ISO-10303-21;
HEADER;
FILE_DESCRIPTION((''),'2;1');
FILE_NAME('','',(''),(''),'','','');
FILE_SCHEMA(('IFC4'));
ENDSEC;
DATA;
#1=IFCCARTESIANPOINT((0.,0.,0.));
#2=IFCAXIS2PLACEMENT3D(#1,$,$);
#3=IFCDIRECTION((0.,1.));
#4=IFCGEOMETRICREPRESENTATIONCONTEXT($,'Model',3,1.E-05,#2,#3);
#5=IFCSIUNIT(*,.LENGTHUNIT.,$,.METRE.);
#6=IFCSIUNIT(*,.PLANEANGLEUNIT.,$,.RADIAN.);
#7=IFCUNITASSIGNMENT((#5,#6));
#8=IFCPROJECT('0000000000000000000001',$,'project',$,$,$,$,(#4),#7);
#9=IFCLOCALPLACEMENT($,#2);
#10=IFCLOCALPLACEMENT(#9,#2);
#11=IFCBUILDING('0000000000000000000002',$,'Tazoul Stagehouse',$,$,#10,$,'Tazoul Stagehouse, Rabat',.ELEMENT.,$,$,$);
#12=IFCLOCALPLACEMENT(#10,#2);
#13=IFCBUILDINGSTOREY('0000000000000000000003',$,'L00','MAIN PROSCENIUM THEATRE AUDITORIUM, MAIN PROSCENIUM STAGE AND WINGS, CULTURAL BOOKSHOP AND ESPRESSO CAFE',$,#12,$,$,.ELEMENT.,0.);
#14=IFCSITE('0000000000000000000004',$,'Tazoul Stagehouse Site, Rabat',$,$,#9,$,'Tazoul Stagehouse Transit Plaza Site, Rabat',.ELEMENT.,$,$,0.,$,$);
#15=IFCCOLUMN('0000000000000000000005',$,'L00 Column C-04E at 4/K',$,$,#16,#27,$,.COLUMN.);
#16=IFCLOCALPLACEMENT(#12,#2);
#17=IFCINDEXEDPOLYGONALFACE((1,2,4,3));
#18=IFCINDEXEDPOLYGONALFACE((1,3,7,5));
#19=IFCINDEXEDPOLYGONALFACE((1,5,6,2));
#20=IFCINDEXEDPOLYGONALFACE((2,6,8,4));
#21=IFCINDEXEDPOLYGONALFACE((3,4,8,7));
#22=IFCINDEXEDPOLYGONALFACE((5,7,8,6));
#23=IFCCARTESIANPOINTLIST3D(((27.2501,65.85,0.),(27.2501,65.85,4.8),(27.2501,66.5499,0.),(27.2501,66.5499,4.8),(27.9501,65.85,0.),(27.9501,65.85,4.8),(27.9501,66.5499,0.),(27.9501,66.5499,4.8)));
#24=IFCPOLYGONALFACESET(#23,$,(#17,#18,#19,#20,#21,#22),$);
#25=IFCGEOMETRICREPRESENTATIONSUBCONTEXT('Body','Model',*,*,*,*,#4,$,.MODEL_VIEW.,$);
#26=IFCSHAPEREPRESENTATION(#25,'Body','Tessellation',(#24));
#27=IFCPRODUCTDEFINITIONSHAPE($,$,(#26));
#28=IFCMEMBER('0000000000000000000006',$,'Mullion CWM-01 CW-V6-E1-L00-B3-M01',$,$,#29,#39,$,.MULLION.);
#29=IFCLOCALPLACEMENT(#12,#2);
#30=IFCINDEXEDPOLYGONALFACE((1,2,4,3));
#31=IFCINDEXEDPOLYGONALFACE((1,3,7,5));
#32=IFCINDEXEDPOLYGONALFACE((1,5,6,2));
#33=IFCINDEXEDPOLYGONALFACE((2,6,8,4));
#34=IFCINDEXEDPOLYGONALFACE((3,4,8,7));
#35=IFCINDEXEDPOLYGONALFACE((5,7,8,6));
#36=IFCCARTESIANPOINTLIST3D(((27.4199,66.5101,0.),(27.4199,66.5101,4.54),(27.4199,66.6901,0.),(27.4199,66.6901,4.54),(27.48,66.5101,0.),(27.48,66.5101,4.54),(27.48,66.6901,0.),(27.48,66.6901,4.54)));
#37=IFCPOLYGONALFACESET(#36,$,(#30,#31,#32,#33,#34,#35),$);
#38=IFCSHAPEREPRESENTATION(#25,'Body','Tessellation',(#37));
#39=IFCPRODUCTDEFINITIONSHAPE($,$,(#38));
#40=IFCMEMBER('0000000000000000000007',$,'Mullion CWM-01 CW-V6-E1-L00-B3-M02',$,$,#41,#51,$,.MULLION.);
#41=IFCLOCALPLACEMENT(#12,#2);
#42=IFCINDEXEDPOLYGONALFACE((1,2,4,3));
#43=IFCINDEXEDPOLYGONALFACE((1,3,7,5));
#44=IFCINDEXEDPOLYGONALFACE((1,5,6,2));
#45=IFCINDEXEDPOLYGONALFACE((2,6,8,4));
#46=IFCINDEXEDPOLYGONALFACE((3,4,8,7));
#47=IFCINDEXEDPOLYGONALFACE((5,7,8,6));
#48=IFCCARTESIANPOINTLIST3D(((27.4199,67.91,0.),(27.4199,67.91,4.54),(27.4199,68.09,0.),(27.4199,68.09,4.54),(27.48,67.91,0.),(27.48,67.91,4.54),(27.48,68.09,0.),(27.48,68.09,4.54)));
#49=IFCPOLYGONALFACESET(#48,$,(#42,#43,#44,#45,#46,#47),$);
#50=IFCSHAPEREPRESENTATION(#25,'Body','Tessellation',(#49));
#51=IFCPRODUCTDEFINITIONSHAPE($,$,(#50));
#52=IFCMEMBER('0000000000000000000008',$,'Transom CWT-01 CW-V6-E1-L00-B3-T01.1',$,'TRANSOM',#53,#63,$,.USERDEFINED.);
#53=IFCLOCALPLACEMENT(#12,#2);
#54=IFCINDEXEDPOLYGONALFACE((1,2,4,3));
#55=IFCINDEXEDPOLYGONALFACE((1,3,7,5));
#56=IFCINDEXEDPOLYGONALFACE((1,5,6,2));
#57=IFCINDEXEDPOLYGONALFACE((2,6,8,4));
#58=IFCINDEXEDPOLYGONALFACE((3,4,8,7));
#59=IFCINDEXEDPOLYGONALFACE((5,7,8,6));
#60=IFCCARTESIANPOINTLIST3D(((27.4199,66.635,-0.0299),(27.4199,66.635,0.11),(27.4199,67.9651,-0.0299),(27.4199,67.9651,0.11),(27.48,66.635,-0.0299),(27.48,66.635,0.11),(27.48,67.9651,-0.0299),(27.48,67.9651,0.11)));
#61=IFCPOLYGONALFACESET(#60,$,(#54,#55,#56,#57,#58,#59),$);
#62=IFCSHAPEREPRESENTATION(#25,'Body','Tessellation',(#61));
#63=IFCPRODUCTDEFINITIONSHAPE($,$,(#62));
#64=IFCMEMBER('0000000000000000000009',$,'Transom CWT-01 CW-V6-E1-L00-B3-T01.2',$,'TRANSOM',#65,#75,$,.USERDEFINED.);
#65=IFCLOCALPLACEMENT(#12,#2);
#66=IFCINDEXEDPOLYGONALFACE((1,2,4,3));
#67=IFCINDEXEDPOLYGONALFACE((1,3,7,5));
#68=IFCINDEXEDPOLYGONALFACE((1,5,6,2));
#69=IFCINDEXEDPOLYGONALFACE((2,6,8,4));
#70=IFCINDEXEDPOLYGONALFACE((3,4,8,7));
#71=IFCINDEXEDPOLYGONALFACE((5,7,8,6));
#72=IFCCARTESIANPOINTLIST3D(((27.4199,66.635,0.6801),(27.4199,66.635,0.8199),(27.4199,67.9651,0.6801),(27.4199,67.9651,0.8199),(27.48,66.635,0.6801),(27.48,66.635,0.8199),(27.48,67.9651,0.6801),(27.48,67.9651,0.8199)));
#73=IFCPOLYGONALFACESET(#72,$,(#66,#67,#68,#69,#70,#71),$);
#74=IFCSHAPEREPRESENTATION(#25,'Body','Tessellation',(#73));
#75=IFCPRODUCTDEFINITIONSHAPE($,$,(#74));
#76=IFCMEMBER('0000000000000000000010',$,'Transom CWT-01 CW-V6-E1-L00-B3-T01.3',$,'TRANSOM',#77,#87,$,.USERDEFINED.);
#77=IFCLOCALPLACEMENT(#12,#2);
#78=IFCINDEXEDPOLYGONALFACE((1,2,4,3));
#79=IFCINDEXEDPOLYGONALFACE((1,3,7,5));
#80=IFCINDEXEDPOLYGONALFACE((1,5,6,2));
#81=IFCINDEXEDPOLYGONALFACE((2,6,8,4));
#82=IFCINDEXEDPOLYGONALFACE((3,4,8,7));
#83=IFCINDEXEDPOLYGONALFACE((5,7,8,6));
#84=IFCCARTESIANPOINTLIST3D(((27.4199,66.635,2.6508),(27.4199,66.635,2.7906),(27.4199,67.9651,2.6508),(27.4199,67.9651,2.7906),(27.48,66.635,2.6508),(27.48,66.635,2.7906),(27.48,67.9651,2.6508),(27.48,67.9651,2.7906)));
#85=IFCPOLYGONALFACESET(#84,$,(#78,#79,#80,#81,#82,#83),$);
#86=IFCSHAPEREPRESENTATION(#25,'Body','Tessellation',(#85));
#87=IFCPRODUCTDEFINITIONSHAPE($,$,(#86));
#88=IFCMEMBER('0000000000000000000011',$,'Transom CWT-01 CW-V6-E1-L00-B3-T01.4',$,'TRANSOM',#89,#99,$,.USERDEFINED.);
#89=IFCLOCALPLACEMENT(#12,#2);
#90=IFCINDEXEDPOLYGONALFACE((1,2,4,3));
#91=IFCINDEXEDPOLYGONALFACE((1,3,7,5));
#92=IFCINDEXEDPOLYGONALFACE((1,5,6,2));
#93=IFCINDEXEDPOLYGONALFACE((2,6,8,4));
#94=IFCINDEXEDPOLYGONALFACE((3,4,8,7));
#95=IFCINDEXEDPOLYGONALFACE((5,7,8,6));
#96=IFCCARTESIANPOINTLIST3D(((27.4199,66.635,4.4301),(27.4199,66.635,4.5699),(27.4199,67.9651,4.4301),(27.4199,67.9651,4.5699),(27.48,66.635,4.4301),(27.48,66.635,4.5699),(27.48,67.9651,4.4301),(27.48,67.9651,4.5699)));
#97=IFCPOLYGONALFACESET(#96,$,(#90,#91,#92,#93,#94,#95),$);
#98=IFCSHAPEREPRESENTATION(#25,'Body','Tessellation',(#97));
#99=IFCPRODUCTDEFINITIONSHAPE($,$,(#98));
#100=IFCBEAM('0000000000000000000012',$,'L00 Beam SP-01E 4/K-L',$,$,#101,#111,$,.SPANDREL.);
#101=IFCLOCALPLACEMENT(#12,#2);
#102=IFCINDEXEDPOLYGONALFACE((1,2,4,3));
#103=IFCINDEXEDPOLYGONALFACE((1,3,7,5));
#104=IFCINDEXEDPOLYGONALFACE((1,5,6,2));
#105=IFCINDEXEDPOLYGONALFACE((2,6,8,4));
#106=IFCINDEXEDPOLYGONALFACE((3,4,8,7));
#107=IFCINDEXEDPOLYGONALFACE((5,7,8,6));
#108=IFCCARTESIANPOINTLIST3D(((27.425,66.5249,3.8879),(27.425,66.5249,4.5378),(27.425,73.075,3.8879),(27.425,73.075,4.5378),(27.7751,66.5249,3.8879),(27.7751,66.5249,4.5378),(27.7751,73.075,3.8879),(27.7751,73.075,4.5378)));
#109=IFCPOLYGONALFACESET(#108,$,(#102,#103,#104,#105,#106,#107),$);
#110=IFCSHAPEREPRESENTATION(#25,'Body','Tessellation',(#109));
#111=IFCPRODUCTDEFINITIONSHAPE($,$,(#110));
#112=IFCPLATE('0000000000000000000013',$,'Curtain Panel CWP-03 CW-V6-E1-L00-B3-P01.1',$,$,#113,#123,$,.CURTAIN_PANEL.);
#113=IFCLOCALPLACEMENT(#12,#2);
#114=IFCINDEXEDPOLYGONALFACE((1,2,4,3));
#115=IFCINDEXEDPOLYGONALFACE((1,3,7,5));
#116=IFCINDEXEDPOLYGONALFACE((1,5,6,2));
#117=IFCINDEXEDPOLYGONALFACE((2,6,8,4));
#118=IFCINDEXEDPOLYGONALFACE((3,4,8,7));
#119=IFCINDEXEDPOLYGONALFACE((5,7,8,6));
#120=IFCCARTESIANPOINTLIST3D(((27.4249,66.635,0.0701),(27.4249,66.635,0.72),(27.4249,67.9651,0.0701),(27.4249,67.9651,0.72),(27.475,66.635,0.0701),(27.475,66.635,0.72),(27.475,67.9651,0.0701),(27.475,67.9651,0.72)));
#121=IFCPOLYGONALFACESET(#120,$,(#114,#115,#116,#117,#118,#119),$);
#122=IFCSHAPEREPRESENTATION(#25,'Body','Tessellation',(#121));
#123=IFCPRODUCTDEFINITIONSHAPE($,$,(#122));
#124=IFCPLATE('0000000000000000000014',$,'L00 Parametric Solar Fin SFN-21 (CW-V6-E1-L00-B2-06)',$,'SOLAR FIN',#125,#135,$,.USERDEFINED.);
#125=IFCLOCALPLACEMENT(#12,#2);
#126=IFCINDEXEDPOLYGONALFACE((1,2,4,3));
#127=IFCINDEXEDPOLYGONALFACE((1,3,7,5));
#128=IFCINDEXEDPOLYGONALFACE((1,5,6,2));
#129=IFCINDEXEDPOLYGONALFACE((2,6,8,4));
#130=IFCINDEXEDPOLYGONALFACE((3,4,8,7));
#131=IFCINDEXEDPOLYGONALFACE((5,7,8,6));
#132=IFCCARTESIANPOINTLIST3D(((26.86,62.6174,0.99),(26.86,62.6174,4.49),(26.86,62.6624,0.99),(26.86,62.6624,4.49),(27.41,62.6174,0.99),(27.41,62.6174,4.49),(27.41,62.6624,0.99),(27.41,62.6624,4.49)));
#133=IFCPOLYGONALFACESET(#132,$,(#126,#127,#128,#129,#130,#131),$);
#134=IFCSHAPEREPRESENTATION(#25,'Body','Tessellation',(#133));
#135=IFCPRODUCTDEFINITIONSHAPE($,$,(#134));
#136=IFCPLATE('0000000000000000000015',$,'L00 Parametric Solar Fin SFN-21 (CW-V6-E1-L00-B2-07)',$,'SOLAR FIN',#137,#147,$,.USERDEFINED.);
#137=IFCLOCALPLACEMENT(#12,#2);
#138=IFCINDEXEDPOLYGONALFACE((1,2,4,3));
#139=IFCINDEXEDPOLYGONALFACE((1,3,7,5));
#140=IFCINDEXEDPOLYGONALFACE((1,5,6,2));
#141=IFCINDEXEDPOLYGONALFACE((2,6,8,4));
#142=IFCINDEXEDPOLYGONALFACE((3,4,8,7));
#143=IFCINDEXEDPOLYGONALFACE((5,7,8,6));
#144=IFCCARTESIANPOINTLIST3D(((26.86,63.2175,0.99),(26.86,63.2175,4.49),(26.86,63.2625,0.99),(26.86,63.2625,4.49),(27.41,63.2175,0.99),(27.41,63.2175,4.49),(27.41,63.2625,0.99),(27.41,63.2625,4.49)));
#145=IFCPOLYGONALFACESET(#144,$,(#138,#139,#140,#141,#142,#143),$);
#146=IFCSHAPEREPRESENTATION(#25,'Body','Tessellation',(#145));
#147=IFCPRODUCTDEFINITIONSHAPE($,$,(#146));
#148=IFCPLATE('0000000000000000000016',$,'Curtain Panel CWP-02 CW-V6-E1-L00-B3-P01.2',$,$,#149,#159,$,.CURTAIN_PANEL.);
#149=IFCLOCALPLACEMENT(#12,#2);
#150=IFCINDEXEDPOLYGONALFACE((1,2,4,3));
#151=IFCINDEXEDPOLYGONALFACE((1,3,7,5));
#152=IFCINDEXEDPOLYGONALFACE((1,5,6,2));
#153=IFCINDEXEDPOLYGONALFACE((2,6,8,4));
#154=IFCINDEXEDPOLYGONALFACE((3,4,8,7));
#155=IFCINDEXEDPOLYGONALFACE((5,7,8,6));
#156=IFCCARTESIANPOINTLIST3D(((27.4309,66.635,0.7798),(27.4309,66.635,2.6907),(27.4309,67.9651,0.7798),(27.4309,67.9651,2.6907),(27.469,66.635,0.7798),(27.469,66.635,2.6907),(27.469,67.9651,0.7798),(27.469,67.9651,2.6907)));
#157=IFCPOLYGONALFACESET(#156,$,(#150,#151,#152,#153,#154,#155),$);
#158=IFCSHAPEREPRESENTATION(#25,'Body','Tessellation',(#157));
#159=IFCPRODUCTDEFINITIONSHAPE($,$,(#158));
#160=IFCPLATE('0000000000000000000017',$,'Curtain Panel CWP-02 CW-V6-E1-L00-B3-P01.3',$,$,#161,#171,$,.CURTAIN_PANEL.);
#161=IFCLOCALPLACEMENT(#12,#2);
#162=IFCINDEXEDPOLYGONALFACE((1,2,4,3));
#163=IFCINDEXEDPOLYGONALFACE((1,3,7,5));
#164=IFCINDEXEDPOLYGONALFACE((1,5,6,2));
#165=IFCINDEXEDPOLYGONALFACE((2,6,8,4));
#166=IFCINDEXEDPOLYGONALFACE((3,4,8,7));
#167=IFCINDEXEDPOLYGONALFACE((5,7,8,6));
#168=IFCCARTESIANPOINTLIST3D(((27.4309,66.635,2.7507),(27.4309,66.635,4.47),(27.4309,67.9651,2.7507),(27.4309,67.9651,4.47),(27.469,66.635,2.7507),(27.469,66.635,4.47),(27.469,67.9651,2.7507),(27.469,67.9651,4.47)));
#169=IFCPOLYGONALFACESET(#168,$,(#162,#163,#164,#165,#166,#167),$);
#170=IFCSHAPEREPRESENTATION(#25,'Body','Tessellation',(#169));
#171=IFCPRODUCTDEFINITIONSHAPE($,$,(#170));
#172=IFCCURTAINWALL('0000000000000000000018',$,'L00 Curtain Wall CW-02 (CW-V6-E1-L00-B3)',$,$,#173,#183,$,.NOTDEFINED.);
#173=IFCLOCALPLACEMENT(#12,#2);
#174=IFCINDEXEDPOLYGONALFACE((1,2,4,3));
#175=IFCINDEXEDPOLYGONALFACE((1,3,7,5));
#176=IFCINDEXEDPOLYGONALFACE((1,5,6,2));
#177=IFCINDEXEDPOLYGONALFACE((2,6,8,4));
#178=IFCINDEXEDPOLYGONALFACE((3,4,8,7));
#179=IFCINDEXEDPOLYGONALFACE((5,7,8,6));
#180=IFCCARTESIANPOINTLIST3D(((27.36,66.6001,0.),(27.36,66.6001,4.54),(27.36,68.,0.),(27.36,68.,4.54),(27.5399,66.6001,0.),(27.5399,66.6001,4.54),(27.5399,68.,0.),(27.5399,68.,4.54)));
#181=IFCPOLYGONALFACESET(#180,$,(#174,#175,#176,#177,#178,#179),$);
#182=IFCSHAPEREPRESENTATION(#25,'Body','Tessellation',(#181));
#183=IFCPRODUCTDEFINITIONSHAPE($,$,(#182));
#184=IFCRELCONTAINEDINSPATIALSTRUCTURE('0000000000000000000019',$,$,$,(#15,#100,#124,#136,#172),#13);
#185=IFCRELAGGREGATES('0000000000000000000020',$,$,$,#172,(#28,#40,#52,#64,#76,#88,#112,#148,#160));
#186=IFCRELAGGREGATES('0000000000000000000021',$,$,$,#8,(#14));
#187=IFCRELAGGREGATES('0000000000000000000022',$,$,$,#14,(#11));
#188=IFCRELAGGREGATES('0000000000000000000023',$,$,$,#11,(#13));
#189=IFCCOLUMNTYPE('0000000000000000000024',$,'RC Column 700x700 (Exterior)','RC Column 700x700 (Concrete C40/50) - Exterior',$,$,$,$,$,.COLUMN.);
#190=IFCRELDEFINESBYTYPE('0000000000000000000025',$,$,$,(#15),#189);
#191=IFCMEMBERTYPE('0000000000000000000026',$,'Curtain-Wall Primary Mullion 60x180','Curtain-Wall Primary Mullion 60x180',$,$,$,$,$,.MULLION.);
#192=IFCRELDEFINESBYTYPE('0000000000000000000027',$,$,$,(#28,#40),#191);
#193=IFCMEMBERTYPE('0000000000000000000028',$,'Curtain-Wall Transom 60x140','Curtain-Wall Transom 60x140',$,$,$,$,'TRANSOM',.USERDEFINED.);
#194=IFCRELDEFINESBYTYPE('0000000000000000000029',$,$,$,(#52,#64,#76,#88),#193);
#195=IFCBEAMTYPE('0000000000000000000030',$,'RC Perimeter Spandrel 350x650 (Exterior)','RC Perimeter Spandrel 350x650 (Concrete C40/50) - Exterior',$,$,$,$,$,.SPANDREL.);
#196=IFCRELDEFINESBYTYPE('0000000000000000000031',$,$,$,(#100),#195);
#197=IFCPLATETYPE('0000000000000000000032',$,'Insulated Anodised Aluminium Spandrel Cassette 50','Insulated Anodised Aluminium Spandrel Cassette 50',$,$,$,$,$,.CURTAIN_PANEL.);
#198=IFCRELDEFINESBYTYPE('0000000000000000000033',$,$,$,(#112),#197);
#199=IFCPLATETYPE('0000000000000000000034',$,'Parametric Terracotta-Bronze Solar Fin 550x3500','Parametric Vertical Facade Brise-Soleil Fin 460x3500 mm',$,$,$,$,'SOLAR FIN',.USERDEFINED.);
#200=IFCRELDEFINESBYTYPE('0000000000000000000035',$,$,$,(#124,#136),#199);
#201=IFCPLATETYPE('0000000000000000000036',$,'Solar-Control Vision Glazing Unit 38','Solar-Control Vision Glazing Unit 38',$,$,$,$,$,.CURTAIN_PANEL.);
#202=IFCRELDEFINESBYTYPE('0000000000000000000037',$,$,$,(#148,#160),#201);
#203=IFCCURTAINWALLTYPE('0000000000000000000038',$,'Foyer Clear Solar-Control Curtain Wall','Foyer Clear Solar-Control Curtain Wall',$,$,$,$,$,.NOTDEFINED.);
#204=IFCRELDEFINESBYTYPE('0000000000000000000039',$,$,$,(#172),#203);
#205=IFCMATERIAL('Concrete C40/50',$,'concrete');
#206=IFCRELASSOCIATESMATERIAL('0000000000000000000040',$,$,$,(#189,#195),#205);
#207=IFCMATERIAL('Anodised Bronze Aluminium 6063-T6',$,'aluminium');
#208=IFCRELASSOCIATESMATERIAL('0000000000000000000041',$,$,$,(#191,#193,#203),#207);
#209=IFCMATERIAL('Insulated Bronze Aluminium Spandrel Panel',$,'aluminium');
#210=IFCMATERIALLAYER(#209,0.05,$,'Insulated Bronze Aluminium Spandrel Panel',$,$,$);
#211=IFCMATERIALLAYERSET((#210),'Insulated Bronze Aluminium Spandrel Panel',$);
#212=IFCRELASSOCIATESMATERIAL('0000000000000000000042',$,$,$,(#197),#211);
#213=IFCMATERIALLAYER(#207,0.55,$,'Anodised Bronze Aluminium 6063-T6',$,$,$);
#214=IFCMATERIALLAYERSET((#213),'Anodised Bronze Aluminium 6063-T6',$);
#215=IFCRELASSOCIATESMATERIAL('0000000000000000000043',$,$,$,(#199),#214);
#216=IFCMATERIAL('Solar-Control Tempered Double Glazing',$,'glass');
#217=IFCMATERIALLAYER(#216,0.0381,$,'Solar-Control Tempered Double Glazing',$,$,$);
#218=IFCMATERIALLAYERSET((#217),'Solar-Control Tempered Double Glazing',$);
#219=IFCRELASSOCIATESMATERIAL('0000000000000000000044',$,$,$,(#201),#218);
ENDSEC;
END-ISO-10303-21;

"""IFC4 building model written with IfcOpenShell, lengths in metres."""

from ifc_helpers import new_model, si_unit, direction, frame, frame_2d, origin, origin_2d, place, context, subcontext, project, spatial, rectangle, extrude, material, layer, layer_set, material_profile, profile_set, type_object, element, aggregate, save


model = new_model("IFC4")

# Units and contexts
model_context = context("Model", 3, precision=1e-05, world=origin(), true_north=direction((0.0, 1.0)))
body_context = subcontext(model_context, "Body", "Model", "MODEL_VIEW")
ifc_project = project(units=[si_unit("LENGTHUNIT", "METRE"), si_unit("PLANEANGLEUNIT", "RADIAN")], contexts=[model_context])

# Site, building, storey
site_placement = place(None, origin())
site = spatial("IfcSite", under=ifc_project, at=site_placement, Name="Tazoul Stagehouse Site, Rabat", LongName="Tazoul Stagehouse Transit Plaza Site, Rabat", CompositionType="ELEMENT", RefElevation=0.0)
building_placement = place(site_placement, origin())
building = spatial("IfcBuilding", under=site, at=building_placement, Name="Tazoul Stagehouse", LongName="Tazoul Stagehouse, Rabat", CompositionType="ELEMENT")
storey_placement = place(building_placement, origin())
storey = spatial("IfcBuildingStorey", under=building, at=storey_placement, Name="L00", Description="MAIN PROSCENIUM THEATRE AUDITORIUM, MAIN PROSCENIUM STAGE AND WINGS, CULTURAL BOOKSHOP AND ESPRESSO CAFE", CompositionType="ELEMENT", Elevation=0.0)

# Column
ifc_material_1 = material(Name="Concrete C40/50", Category="concrete")
ifc_material_profile_1 = material_profile(ifc_material_1, rectangle(XDim=0.7, YDim=0.7, at=origin_2d()), Name="RC 700x700")
ifc_profile_set_1 = profile_set([ifc_material_profile_1], Name="Concrete C40/50")
column_type = type_object("IfcColumnType", Name="RC Column 700x700 (Exterior)", Description="RC Column 700x700 (Concrete C40/50) - Exterior", PredefinedType="COLUMN", material=ifc_profile_set_1)
column_placement = place(storey_placement, frame((27.6001, 66.2, 0.0), z_axis=(0.0, 0.0, 1.0), x_axis=(1.0, 0.0, 0.0)))
element("IfcColumn", 1, at=column_placement, inside=storey, type_object=column_type, Name="L00 Column C-04E at 4/K", PredefinedType="COLUMN", context=body_context, shape_type="SweptSolid", body=[
    extrude(rectangle(XDim=0.7, YDim=0.7, at=origin_2d()), origin(), (0.0, 0.0, 1.0), 4.8),
])

# Members
ifc_material_2 = material(Name="Anodised Bronze Aluminium 6063-T6", Category="aluminium")
ifc_material_profile_2 = material_profile(ifc_material_2, rectangle(XDim=0.0601, YDim=0.1799, at=origin_2d()), Name="ALU MULLION 60x180")
ifc_profile_set_2 = profile_set([ifc_material_profile_2], Name="Anodised Bronze Aluminium 6063-T6")
member_type_1 = type_object("IfcMemberType", Name="Curtain-Wall Primary Mullion 60x180", Description="Curtain-Wall Primary Mullion 60x180", PredefinedType="MULLION", material=ifc_profile_set_2)
member_1_placement = place(storey_placement, frame((27.45, 66.6001, 0.0), z_axis=(0.0, 0.0, 1.0), x_axis=(1.0, 0.0, 0.0)))
member_1 = element("IfcMember", 2, at=member_1_placement, type_object=member_type_1, Name="Mullion CWM-01 CW-V6-E1-L00-B3-M01", PredefinedType="MULLION", context=body_context, shape_type="SweptSolid", body=[
    extrude(rectangle(XDim=0.0601, YDim=0.1799, at=origin_2d()), origin(), (0.0, 0.0, 1.0), 4.54),
])
member_2_placement = place(storey_placement, frame((27.45, 68.0, 0.0), z_axis=(0.0, 0.0, 1.0), x_axis=(1.0, 0.0, 0.0)))
member_2 = element("IfcMember", 3, at=member_2_placement, type_object=member_type_1, Name="Mullion CWM-01 CW-V6-E1-L00-B3-M02", PredefinedType="MULLION", context=body_context, shape_type="SweptSolid", body=[
    extrude(rectangle(XDim=0.0601, YDim=0.1799, at=origin_2d()), origin(), (0.0, 0.0, 1.0), 4.54),
])
ifc_material_profile_3 = material_profile(ifc_material_2, rectangle(XDim=0.0601, YDim=0.1399, at=origin_2d()), Name="ALU TRANSOM 60x140")
ifc_profile_set_3 = profile_set([ifc_material_profile_3], Name="Anodised Bronze Aluminium 6063-T6")
member_type_2 = type_object("IfcMemberType", Name="Curtain-Wall Transom 60x140", Description="Curtain-Wall Transom 60x140", ElementType="TRANSOM", PredefinedType="USERDEFINED", material=ifc_profile_set_3)
member_3_placement = place(storey_placement, frame((27.45, 66.635, 0.04), z_axis=(0.0, 1.0, 0.0), x_axis=(-1.0, 0.0, 0.0)))
member_3 = element("IfcMember", 4, at=member_3_placement, type_object=member_type_2, Name="Transom CWT-01 CW-V6-E1-L00-B3-T01.1", ObjectType="TRANSOM", PredefinedType="USERDEFINED", context=body_context, shape_type="SweptSolid", body=[
    extrude(rectangle(XDim=0.0601, YDim=0.1399, at=origin_2d()), origin(), (0.0, 0.0, 1.0), 1.3301),
])
member_4_placement = place(storey_placement, frame((27.45, 66.635, 0.75), z_axis=(0.0, 1.0, 0.0), x_axis=(-1.0, 0.0, 0.0)))
member_4 = element("IfcMember", 5, at=member_4_placement, type_object=member_type_2, Name="Transom CWT-01 CW-V6-E1-L00-B3-T01.2", ObjectType="TRANSOM", PredefinedType="USERDEFINED", context=body_context, shape_type="SweptSolid", body=[
    extrude(rectangle(XDim=0.0601, YDim=0.1399, at=origin_2d()), origin(), (0.0, 0.0, 1.0), 1.3301),
])
member_5_placement = place(storey_placement, frame((27.45, 66.635, 2.7207), z_axis=(0.0, 1.0, 0.0), x_axis=(-1.0, 0.0, 0.0)))
member_5 = element("IfcMember", 6, at=member_5_placement, type_object=member_type_2, Name="Transom CWT-01 CW-V6-E1-L00-B3-T01.3", ObjectType="TRANSOM", PredefinedType="USERDEFINED", context=body_context, shape_type="SweptSolid", body=[
    extrude(rectangle(XDim=0.0601, YDim=0.1399, at=origin_2d()), origin(), (0.0, 0.0, 1.0), 1.3301),
])
member_6_placement = place(storey_placement, frame((27.45, 66.635, 4.5), z_axis=(0.0, 1.0, 0.0), x_axis=(-1.0, 0.0, 0.0)))
member_6 = element("IfcMember", 7, at=member_6_placement, type_object=member_type_2, Name="Transom CWT-01 CW-V6-E1-L00-B3-T01.4", ObjectType="TRANSOM", PredefinedType="USERDEFINED", context=body_context, shape_type="SweptSolid", body=[
    extrude(rectangle(XDim=0.0601, YDim=0.1399, at=origin_2d()), origin(), (0.0, 0.0, 1.0), 1.3301),
])

# Beam
ifc_material_profile_4 = material_profile(ifc_material_1, rectangle(XDim=0.3501, YDim=0.6499, at=origin_2d()), Name="RC 350x650")
ifc_profile_set_4 = profile_set([ifc_material_profile_4], Name="Concrete C40/50")
beam_type = type_object("IfcBeamType", Name="RC Perimeter Spandrel 350x650 (Exterior)", Description="RC Perimeter Spandrel 350x650 (Concrete C40/50) - Exterior", PredefinedType="SPANDREL", material=ifc_profile_set_4)
beam_placement = place(storey_placement, frame((27.6001, 66.5249, 4.2129), z_axis=(0.0, 1.0, 0.0), x_axis=(-1.0, 0.0, 0.0)))
element("IfcBeam", 8, at=beam_placement, inside=storey, type_object=beam_type, Name="L00 Beam SP-01E 4/K-L", PredefinedType="SPANDREL", context=body_context, shape_type="SweptSolid", body=[
    extrude(rectangle(XDim=0.3501, YDim=0.6499, at=origin_2d()), origin(), (0.0, 0.0, 1.0), 6.55),
])

# Plate
ifc_material_3 = material(Name="Insulated Bronze Aluminium Spandrel Panel", Category="aluminium")
ifc_layer_1 = layer(ifc_material_3, 0.05, Name="Insulated Bronze Aluminium Spandrel Panel")
ifc_layer_set_1 = layer_set([ifc_layer_1], Name="Insulated Bronze Aluminium Spandrel Panel")
plate_type_1 = type_object("IfcPlateType", Name="Insulated Anodised Aluminium Spandrel Cassette 50", Description="Insulated Anodised Aluminium Spandrel Cassette 50", PredefinedType="CURTAIN_PANEL", material=ifc_layer_set_1)
plate_1_placement = place(storey_placement, frame((27.45, 67.3, 0.0701), z_axis=(0.0, 0.0, 1.0), x_axis=(0.0, 1.0, 0.0)))
plate_1 = element("IfcPlate", 9, at=plate_1_placement, type_object=plate_type_1, Name="Curtain Panel CWP-03 CW-V6-E1-L00-B3-P01.1", PredefinedType="CURTAIN_PANEL", context=body_context, shape_type="SweptSolid", body=[
    extrude(rectangle(XDim=1.3301, YDim=0.05, at=origin_2d()), origin(), (0.0, 0.0, 1.0), 0.6499),
])

# Plates
ifc_layer_2 = layer(ifc_material_2, 0.55, Name="Anodised Bronze Aluminium 6063-T6")
ifc_layer_set_2 = layer_set([ifc_layer_2], Name="Anodised Bronze Aluminium 6063-T6")
plate_type_2 = type_object("IfcPlateType", Name="Parametric Terracotta-Bronze Solar Fin 550x3500", Description="Parametric Vertical Facade Brise-Soleil Fin 460x3500 mm", ElementType="SOLAR FIN", PredefinedType="USERDEFINED", material=ifc_layer_set_2)
for number, where, z_axis, x_axis, name in (
    (10, (27.135, 62.6399, 0.99), (0.0, 0.0, 1.0), (0.0, 1.0, 0.0), "L00 Parametric Solar Fin SFN-21 (CW-V6-E1-L00-B2-06)"),
    (11, (27.135, 63.24, 0.99), (0.0, 0.0, 1.0), (0.0, 1.0, 0.0), "L00 Parametric Solar Fin SFN-21 (CW-V6-E1-L00-B2-07)"),
):
    element("IfcPlate", number, at=place(storey_placement, frame(where, z_axis=z_axis, x_axis=x_axis)), inside=storey, type_object=plate_type_2, Name=name, ObjectType="SOLAR FIN", PredefinedType="USERDEFINED", context=body_context, shape_type="SweptSolid", body=[
        extrude(rectangle(XDim=0.0449, YDim=0.55, at=origin_2d()), origin(), (0.0, 0.0, 1.0), 3.5),
    ])

# Plates
ifc_material_4 = material(Name="Solar-Control Tempered Double Glazing", Category="glass")
ifc_layer_3 = layer(ifc_material_4, 0.0381, Name="Solar-Control Tempered Double Glazing")
ifc_layer_set_3 = layer_set([ifc_layer_3], Name="Solar-Control Tempered Double Glazing")
plate_type_3 = type_object("IfcPlateType", Name="Solar-Control Vision Glazing Unit 38", Description="Solar-Control Vision Glazing Unit 38", PredefinedType="CURTAIN_PANEL", material=ifc_layer_set_3)
plate_2_placement = place(storey_placement, frame((27.45, 67.3, 0.7798), z_axis=(0.0, 0.0, 1.0), x_axis=(0.0, 1.0, 0.0)))
plate_2 = element("IfcPlate", 12, at=plate_2_placement, type_object=plate_type_3, Name="Curtain Panel CWP-02 CW-V6-E1-L00-B3-P01.2", PredefinedType="CURTAIN_PANEL", context=body_context, shape_type="SweptSolid", body=[
    extrude(rectangle(XDim=1.3301, YDim=0.0381, at=origin_2d()), origin(), (0.0, 0.0, 1.0), 1.9109),
])
plate_3_placement = place(storey_placement, frame((27.45, 67.3, 2.7507), z_axis=(0.0, 0.0, 1.0), x_axis=(0.0, 1.0, 0.0)))
plate_3 = element("IfcPlate", 13, at=plate_3_placement, type_object=plate_type_3, Name="Curtain Panel CWP-02 CW-V6-E1-L00-B3-P01.3", PredefinedType="CURTAIN_PANEL", context=body_context, shape_type="SweptSolid", body=[
    extrude(rectangle(XDim=1.3301, YDim=0.0381, at=origin_2d()), origin(), (0.0, 0.0, 1.0), 1.7192),
])

# Curtain wall
curtain_wall_type = type_object("IfcCurtainWallType", Name="Foyer Clear Solar-Control Curtain Wall", Description="Foyer Clear Solar-Control Curtain Wall", PredefinedType="NOTDEFINED", material=ifc_material_2)
curtain_wall_placement = place(storey_placement, frame((27.45, 66.6001, 0.0), z_axis=(0.0, 0.0, 1.0), x_axis=(0.0, 1.0, 0.0)))
curtain_wall = element("IfcCurtainWall", 14, at=curtain_wall_placement, inside=storey, type_object=curtain_wall_type, Name="L00 Curtain Wall CW-02 (CW-V6-E1-L00-B3)", PredefinedType="NOTDEFINED", context=body_context, shape_type="SweptSolid", body=[
    extrude(rectangle(XDim=1.3999, YDim=0.1799, at=frame_2d((0.7, 0.0))), origin(), (0.0, 0.0, 1.0), 4.54),
])
aggregate(curtain_wall, [member_1, member_2, member_3, member_4, member_5, member_6, plate_1, plate_2, plate_3])

save(model, "model.ifc")
